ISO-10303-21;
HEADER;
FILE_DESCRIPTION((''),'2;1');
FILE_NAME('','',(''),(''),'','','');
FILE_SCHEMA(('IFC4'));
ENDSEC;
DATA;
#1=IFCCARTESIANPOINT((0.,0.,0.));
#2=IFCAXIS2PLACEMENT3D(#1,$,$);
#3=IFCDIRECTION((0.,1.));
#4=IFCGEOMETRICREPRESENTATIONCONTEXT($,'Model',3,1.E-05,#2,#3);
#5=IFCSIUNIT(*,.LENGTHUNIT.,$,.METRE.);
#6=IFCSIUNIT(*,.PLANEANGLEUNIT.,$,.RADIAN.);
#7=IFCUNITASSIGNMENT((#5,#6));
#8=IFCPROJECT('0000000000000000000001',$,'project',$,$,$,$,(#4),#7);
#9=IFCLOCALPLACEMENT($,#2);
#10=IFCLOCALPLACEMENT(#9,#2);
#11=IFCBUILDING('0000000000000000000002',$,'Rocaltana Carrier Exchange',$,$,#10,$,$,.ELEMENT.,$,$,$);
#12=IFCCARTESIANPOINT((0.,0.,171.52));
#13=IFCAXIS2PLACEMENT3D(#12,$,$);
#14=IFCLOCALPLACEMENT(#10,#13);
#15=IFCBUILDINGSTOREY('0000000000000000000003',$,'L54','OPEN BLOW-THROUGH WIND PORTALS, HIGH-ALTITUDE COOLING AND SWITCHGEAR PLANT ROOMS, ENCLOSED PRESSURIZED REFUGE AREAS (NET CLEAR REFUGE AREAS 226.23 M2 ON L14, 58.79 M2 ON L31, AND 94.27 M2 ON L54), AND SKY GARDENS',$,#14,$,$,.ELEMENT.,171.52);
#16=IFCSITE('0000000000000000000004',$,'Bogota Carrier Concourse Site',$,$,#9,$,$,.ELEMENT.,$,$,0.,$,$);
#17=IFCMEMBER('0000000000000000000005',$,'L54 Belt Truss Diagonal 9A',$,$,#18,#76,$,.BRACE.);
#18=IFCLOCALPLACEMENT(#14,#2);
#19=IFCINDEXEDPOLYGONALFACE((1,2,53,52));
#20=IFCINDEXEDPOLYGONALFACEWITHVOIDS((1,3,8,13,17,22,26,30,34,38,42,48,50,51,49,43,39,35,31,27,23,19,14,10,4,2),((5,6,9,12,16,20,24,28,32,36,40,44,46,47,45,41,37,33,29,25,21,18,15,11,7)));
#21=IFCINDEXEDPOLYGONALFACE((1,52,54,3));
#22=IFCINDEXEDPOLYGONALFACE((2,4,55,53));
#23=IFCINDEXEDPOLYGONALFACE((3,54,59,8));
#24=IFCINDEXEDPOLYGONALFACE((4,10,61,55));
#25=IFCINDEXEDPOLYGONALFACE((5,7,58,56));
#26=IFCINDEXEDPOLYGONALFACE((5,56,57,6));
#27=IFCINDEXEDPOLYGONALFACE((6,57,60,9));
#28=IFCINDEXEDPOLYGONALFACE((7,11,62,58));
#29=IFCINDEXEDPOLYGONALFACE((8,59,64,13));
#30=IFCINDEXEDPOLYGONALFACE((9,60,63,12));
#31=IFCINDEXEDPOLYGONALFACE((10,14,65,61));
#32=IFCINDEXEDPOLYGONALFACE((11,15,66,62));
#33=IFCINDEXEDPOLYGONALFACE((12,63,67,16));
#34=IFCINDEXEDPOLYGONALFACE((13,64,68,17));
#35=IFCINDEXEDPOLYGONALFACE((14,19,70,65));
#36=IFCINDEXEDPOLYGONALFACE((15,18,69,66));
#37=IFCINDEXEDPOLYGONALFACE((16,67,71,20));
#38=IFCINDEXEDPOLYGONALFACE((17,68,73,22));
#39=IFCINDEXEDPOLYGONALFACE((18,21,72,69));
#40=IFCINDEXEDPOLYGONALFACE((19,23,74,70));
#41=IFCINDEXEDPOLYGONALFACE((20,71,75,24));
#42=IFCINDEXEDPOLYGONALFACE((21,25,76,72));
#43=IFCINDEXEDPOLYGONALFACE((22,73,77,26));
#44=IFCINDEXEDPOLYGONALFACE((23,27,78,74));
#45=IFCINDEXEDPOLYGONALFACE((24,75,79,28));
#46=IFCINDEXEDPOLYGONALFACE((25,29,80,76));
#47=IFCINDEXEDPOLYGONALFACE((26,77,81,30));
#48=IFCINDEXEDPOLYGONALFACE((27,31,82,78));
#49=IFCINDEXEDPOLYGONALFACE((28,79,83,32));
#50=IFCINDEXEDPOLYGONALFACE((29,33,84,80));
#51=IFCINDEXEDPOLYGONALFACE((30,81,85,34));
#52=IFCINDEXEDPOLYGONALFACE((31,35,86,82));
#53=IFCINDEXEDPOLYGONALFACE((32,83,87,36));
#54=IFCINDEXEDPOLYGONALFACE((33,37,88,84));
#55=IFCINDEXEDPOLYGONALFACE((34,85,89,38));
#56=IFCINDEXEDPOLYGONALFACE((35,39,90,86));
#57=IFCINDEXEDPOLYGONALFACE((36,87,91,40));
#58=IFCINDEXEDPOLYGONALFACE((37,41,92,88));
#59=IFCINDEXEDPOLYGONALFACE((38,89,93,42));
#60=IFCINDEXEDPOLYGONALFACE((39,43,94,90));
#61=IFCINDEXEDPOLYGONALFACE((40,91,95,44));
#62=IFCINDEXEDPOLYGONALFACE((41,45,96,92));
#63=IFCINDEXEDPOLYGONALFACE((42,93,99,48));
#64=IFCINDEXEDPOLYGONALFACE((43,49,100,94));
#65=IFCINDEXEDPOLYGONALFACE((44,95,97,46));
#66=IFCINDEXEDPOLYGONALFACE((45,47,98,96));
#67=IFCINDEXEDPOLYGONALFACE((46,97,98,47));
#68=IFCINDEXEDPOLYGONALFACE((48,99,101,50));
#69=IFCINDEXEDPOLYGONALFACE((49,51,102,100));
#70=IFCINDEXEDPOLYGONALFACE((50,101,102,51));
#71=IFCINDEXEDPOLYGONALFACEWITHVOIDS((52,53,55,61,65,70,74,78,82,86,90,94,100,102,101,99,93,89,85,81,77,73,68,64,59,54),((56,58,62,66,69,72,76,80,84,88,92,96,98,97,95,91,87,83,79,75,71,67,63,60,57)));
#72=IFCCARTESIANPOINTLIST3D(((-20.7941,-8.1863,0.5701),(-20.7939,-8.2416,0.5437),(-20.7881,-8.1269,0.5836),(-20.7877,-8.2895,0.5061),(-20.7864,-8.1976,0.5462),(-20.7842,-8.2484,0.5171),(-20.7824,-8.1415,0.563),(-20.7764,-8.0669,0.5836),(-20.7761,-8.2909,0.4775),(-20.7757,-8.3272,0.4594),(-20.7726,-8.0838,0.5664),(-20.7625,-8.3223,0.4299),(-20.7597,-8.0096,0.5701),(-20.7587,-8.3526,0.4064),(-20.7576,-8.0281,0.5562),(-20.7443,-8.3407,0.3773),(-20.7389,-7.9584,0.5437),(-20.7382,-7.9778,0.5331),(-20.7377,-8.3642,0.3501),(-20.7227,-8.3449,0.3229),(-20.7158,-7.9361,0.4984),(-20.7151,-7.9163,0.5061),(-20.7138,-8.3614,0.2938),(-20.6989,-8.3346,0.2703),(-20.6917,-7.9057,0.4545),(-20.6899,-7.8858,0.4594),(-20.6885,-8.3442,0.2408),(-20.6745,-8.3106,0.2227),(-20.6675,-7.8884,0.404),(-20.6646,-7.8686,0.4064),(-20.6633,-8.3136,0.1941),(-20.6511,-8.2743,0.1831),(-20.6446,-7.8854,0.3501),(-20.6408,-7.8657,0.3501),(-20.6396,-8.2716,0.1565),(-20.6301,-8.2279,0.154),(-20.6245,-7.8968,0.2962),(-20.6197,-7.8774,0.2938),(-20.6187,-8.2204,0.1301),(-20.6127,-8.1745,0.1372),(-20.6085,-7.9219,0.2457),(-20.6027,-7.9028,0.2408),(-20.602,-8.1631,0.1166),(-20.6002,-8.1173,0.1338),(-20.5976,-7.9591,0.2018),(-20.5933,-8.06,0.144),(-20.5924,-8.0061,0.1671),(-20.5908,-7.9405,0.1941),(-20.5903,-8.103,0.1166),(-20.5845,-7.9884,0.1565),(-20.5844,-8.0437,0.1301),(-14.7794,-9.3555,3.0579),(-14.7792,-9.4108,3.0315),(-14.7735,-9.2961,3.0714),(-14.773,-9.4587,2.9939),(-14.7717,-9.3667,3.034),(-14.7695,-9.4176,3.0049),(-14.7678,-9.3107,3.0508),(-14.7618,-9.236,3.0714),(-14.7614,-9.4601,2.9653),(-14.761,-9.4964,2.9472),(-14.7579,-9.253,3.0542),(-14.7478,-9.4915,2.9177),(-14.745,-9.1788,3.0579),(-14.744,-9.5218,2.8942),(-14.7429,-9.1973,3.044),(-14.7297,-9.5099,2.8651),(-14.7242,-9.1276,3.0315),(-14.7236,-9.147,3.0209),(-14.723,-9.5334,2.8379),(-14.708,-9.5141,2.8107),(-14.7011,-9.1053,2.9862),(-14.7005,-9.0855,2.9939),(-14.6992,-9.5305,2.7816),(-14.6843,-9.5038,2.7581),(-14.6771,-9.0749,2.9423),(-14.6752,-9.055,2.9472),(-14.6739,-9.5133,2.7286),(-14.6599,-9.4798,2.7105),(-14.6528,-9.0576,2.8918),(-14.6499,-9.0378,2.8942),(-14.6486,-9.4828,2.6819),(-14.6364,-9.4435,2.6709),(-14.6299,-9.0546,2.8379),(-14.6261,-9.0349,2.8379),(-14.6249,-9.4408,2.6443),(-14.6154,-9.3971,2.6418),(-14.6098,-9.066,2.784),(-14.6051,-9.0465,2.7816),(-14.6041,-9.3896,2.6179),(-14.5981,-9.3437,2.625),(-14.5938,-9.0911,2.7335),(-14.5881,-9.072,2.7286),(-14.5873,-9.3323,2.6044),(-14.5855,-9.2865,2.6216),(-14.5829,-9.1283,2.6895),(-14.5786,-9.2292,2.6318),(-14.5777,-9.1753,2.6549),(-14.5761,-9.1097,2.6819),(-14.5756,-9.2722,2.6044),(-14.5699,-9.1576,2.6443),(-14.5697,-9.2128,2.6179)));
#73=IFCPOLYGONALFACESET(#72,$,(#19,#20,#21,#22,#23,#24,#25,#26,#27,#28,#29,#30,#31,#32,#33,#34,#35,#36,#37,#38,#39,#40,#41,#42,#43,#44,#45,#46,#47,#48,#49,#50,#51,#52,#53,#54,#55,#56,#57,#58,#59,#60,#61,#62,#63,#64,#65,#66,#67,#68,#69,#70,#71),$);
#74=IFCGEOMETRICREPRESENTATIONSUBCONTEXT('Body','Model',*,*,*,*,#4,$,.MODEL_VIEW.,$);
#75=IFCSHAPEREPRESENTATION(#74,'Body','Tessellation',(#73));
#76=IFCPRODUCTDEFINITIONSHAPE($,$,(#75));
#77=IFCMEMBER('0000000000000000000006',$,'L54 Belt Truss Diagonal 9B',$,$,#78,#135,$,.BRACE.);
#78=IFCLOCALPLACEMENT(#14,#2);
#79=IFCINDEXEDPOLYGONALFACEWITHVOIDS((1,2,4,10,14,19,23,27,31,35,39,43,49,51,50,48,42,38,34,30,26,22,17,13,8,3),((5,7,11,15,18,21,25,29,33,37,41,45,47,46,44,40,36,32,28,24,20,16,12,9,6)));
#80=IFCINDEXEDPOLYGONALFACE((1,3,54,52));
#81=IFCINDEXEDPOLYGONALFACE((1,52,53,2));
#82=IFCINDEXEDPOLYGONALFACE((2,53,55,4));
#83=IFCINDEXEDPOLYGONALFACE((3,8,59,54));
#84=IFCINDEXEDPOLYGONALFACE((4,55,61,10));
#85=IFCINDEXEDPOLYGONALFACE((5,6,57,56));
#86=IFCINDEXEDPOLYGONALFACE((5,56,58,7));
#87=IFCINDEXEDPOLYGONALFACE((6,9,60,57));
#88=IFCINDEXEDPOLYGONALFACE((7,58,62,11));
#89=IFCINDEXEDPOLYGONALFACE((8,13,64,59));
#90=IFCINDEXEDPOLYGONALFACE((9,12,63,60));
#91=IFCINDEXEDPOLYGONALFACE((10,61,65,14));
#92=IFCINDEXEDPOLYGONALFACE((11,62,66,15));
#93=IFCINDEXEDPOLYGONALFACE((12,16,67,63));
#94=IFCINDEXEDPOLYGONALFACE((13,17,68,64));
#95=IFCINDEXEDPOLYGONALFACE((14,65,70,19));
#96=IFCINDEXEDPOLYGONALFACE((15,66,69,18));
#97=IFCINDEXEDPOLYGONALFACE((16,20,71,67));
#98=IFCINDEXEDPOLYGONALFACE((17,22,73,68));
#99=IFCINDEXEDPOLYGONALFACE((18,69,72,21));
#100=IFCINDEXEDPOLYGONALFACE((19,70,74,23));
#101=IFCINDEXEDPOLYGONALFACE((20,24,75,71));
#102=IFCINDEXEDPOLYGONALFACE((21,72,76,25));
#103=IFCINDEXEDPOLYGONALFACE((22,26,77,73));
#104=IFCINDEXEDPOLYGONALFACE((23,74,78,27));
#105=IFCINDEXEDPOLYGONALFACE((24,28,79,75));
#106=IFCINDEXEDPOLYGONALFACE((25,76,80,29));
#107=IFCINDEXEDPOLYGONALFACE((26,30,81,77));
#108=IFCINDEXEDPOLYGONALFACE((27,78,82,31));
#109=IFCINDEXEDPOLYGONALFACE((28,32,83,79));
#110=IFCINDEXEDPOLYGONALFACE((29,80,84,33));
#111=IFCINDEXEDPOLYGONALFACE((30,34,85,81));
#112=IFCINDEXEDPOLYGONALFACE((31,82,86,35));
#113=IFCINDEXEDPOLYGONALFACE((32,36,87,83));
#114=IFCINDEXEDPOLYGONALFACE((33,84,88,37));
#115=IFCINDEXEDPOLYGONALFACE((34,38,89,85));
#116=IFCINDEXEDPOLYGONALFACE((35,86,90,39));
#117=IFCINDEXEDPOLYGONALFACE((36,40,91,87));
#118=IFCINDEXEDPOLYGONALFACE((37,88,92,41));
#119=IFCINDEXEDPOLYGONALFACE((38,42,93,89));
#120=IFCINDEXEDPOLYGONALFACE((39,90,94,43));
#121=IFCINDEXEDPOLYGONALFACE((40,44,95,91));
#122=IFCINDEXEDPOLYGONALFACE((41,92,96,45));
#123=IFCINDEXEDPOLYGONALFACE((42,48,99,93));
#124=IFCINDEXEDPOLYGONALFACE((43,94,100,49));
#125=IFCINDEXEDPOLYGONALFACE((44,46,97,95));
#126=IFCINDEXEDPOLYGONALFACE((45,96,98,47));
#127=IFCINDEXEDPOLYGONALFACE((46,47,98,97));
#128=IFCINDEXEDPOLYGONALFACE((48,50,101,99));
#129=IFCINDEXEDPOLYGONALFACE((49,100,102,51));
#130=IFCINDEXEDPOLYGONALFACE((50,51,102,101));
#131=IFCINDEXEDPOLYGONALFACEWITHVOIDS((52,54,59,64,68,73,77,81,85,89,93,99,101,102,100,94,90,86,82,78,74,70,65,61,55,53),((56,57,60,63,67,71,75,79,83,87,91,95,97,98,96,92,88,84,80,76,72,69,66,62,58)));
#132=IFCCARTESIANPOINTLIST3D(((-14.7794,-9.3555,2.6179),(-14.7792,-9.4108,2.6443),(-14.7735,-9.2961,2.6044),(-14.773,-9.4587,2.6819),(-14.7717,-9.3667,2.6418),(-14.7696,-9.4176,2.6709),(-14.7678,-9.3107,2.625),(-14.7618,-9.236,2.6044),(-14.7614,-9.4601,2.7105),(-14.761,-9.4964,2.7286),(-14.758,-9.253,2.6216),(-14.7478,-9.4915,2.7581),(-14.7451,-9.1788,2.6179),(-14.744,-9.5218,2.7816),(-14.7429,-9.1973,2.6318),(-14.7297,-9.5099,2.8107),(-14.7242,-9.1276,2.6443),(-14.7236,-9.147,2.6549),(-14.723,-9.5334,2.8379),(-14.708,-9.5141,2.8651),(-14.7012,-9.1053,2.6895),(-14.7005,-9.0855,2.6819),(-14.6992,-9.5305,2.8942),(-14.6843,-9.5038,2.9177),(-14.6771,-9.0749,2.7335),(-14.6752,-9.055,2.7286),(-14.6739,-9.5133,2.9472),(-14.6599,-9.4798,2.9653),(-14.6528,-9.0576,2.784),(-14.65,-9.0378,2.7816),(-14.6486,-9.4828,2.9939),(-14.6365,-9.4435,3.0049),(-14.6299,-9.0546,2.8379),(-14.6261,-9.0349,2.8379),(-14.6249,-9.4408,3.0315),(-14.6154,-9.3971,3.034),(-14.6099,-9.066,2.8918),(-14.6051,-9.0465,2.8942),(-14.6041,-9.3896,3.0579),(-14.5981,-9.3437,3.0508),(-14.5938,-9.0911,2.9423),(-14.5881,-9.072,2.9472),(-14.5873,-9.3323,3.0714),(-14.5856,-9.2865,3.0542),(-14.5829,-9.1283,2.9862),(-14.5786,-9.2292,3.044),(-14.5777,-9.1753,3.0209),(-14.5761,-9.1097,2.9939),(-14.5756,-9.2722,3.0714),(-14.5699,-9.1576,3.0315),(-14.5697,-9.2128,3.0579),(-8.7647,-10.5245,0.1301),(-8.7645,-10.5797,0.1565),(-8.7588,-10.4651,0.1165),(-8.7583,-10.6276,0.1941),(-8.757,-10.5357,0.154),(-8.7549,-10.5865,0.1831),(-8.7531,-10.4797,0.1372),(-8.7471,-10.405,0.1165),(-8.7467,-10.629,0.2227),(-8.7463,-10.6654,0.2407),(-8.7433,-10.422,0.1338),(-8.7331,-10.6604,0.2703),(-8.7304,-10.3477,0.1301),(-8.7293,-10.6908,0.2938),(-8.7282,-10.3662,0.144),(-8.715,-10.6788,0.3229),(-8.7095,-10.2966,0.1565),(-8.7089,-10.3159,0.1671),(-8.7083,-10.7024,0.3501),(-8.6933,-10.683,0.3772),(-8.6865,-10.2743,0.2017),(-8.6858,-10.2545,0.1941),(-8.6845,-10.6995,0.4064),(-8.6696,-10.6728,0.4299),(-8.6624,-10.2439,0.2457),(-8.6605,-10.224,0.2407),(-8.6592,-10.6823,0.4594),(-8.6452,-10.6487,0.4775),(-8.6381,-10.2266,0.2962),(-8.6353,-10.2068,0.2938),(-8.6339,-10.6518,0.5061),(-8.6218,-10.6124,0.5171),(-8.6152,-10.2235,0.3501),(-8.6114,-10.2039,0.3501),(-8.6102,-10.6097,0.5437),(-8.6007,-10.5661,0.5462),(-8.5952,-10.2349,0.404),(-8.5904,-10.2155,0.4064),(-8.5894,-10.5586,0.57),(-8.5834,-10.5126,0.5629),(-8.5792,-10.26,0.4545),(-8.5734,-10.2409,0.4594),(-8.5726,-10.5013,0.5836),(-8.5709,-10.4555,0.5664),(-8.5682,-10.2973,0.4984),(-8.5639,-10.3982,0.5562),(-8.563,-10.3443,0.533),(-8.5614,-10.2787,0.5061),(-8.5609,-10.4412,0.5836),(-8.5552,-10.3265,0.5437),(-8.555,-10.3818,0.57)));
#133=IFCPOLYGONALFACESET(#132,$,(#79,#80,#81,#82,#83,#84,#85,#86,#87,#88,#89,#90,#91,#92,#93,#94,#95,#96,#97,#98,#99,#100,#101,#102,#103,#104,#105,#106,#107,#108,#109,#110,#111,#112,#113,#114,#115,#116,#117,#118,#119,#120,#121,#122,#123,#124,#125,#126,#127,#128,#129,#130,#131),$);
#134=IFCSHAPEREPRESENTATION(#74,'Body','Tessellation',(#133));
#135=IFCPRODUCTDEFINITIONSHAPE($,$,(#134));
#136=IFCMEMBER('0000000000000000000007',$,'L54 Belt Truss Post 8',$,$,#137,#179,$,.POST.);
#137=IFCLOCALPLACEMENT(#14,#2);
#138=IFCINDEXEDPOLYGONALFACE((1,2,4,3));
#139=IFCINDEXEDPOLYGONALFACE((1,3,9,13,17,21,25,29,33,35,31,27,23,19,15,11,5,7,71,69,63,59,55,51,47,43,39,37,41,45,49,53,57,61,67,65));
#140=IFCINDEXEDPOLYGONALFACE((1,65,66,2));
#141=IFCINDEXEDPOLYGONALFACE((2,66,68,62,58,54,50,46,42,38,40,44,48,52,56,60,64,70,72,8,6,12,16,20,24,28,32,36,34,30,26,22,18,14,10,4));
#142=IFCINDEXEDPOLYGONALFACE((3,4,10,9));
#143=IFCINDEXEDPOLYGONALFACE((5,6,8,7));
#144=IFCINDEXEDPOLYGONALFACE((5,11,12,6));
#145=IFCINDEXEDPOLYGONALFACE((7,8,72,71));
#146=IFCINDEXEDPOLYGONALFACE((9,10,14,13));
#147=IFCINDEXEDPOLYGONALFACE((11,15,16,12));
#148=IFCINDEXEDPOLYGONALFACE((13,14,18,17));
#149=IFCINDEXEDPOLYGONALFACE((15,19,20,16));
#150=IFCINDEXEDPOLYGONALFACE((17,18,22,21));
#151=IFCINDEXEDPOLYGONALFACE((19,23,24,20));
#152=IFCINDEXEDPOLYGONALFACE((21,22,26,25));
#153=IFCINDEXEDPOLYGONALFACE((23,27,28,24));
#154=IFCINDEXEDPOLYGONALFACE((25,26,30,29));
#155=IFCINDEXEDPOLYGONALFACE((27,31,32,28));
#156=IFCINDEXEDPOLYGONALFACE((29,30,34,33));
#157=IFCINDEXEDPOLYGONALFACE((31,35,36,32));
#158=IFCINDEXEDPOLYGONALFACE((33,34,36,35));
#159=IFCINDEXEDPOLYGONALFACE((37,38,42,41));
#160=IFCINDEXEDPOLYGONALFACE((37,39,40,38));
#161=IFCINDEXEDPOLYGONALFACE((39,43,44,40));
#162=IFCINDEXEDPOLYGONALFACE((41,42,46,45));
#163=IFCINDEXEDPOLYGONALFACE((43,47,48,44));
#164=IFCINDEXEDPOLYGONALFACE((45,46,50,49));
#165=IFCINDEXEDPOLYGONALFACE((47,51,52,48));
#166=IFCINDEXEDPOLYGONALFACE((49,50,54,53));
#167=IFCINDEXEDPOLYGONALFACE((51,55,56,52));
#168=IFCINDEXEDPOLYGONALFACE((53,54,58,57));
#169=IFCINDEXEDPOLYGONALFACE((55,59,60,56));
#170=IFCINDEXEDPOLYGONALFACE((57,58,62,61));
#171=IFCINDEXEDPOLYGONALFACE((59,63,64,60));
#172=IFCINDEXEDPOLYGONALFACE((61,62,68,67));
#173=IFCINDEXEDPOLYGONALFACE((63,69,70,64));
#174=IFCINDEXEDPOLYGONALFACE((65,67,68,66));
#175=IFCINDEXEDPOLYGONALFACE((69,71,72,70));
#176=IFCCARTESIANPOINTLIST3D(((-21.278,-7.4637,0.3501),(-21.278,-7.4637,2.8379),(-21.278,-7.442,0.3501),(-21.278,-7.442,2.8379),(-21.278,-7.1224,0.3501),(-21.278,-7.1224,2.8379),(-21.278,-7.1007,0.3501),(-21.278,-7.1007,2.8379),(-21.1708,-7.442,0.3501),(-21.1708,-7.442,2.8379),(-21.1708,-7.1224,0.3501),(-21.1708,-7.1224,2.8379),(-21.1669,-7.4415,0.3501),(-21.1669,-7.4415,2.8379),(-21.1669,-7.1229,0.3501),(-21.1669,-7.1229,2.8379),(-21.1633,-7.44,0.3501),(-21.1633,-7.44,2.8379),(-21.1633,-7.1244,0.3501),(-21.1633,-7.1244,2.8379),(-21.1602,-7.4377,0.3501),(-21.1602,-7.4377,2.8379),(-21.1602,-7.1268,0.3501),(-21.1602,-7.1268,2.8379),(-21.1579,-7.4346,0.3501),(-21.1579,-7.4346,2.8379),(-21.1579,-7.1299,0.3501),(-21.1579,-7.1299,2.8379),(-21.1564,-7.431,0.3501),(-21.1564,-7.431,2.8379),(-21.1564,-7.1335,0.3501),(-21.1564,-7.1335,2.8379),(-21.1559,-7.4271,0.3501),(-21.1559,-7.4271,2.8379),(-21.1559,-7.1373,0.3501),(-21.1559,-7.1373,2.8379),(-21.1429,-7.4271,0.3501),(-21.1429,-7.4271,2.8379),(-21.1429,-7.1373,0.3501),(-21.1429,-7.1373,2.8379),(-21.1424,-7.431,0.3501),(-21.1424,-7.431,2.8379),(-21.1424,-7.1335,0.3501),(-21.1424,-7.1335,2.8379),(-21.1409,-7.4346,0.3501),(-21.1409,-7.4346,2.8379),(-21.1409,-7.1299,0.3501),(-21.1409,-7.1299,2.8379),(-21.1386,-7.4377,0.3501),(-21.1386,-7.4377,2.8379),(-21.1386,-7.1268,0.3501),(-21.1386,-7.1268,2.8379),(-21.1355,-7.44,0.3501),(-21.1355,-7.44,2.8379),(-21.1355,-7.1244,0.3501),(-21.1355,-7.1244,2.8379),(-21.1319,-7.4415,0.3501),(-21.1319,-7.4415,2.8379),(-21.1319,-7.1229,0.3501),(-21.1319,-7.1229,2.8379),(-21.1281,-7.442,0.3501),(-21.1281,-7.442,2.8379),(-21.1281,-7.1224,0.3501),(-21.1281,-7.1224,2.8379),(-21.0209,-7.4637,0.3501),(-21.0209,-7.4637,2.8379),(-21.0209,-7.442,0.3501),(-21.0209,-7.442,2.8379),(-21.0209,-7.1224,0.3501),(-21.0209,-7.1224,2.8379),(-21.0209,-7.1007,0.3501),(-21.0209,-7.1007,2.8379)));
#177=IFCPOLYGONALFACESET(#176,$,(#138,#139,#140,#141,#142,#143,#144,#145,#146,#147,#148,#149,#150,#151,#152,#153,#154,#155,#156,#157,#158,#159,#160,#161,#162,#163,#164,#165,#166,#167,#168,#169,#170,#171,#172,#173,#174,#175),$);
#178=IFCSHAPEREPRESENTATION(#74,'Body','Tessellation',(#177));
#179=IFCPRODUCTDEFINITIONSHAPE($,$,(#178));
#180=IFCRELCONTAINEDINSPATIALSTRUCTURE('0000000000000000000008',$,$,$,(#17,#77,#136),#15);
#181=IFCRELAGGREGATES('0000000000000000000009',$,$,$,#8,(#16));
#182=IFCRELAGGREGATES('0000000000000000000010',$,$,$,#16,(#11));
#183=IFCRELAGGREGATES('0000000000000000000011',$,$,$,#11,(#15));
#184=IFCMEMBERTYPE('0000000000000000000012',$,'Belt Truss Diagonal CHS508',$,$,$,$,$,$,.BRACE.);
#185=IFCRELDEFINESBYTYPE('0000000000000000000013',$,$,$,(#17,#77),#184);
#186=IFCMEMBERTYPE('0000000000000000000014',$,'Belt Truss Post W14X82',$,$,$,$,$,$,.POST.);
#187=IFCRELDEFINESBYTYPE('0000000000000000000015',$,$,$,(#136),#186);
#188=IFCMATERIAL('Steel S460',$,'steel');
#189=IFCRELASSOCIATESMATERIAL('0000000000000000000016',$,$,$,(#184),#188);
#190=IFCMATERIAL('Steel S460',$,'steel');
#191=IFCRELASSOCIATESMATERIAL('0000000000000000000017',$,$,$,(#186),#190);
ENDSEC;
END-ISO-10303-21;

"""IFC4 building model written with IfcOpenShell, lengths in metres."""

from ifc_helpers import new_model, si_unit, direction, frame, origin, origin_2d, place, context, subcontext, project, spatial, hollow_circle, i_section, extrude, material, material_profile, profile_set, type_object, element, save


model = new_model("IFC4")

# Units and contexts
model_context = context("Model", 3, precision=1e-05, world=origin(), true_north=direction((0.0, 1.0)))
body_context = subcontext(model_context, "Body", "Model", "MODEL_VIEW")
ifc_project = project(units=[si_unit("LENGTHUNIT", "METRE"), si_unit("PLANEANGLEUNIT", "RADIAN")], contexts=[model_context])

# Site, building, storey
site_placement = place(None, origin())
site = spatial("IfcSite", under=ifc_project, at=site_placement, Name="Bogota Carrier Concourse Site", CompositionType="ELEMENT", RefElevation=0.0)
building_placement = place(site_placement, origin())
building = spatial("IfcBuilding", under=site, at=building_placement, Name="Rocaltana Carrier Exchange", CompositionType="ELEMENT")
storey_placement = place(building_placement, frame((0.0, 0.0, 171.52)))
storey = spatial("IfcBuildingStorey", under=building, at=storey_placement, Name="L54", Description="OPEN BLOW-THROUGH WIND PORTALS, HIGH-ALTITUDE COOLING AND SWITCHGEAR PLANT ROOMS, ENCLOSED PRESSURIZED REFUGE AREAS (NET CLEAR REFUGE AREAS 226.23 M2 ON L14, 58.79 M2 ON L31, AND 94.27 M2 ON L54), AND SKY GARDENS", CompositionType="ELEMENT", Elevation=171.52)

# Members
ifc_material_1 = material(Name="Steel S460", Category="steel")
ifc_material_profile_1 = material_profile(ifc_material_1, hollow_circle(Radius=0.2539, WallThickness=0.02, at=origin_2d()), Name="CHS508X20")
ifc_profile_set_1 = profile_set([ifc_material_profile_1], Name="Steel S460")
member_type_1 = type_object("IfcMemberType", Name="Belt Truss Diagonal CHS508", PredefinedType="BRACE", material=ifc_profile_set_1)
for number, where, z_axis, x_axis, name in (
    (1, (-20.6892, -8.115, 0.3501), (0.909515, -0.176801, 0.376196), (0.190818, 0.981625, 0.0), "L54 Belt Truss Diagonal 9A"),
    (2, (-14.6746, -9.2842, 2.8379), (0.909521, -0.176765, -0.376198), (0.19078, 0.981633, 0.0), "L54 Belt Truss Diagonal 9B"),
):
    element("IfcMember", number, at=place(storey_placement, frame(where, z_axis=z_axis, x_axis=x_axis)), inside=storey, type_object=member_type_1, Name=name, PredefinedType="BRACE", context=body_context, shape_type="SweptSolid", body=[
        extrude(hollow_circle(Radius=0.2539, WallThickness=0.02, at=origin_2d()), origin(), (0.0, 0.0, 1.0), 6.613),
    ])
ifc_material_2 = material(Name="Steel S460", Category="steel")
ifc_material_profile_2 = material_profile(ifc_material_2, i_section(OverallWidth=0.2571, OverallDepth=0.363, WebThickness=0.0129, FlangeThickness=0.0217, FilletRadius=0.0149, at=origin_2d()), Name="W14X82")
ifc_profile_set_2 = profile_set([ifc_material_profile_2], Name="Steel S460")
member_type_2 = type_object("IfcMemberType", Name="Belt Truss Post W14X82", PredefinedType="POST", material=ifc_profile_set_2)
for number, where, z_axis, x_axis, name in (
    (3, (-21.1494, -7.2822, 0.3501), (0.0, 0.0, 1.0), (1.0, 0.0, 0.0), "L54 Belt Truss Post 8"),
):
    element("IfcMember", number, at=place(storey_placement, frame(where, z_axis=z_axis, x_axis=x_axis)), inside=storey, type_object=member_type_2, Name=name, PredefinedType="POST", context=body_context, shape_type="SweptSolid", body=[
        extrude(i_section(OverallWidth=0.2571, OverallDepth=0.363, WebThickness=0.0129, FlangeThickness=0.0217, FilletRadius=0.0149, at=origin_2d()), origin(), (0.0, 0.0, 1.0), 2.4878),
    ])

save(model, "model.ifc")
